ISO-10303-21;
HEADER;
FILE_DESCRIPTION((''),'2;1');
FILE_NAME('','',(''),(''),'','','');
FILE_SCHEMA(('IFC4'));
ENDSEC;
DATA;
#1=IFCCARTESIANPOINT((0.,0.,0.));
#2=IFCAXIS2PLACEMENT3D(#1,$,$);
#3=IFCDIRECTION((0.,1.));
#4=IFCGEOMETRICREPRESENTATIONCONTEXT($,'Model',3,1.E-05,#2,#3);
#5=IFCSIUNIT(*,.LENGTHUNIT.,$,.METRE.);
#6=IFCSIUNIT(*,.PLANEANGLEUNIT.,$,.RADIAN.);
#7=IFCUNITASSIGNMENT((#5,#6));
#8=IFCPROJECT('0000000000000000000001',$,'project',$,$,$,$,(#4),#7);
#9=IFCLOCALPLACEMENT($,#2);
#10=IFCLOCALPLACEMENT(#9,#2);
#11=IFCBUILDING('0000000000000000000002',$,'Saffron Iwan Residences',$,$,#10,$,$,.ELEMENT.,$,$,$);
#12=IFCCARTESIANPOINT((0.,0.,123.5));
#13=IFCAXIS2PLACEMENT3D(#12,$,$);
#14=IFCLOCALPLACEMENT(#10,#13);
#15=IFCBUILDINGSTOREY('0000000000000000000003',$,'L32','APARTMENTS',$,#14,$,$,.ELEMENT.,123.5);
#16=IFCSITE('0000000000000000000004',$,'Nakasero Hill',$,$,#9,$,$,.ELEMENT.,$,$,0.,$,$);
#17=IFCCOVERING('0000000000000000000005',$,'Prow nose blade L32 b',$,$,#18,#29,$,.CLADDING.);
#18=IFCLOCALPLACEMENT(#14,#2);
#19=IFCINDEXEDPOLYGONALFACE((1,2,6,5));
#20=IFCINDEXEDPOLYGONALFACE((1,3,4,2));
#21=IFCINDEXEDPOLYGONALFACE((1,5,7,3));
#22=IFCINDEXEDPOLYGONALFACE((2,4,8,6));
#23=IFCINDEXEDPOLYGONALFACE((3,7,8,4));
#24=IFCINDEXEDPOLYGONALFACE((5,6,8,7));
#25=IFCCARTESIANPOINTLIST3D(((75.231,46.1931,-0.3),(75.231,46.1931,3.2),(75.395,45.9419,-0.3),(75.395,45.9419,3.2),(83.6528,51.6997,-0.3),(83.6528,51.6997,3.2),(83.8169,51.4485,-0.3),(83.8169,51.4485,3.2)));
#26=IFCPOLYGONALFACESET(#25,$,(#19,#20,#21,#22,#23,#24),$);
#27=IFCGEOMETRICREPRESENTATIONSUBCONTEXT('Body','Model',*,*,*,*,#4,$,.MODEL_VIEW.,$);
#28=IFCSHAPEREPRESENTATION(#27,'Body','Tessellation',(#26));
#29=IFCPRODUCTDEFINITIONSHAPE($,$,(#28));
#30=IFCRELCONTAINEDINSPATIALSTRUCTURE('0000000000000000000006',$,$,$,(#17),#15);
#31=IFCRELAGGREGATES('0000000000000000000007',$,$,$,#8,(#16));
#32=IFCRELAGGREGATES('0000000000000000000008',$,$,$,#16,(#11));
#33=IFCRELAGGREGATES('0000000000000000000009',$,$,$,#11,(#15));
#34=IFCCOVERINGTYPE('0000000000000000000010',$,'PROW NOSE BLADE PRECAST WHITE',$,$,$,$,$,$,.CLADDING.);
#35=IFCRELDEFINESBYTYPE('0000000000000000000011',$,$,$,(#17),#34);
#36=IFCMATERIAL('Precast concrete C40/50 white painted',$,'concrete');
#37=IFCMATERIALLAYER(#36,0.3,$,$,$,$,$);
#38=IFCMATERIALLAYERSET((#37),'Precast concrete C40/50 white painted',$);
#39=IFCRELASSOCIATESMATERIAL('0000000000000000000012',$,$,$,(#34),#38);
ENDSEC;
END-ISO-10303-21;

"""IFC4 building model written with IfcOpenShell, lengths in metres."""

from ifc_helpers import new_model, si_unit, direction, frame, origin, place, context, subcontext, project, spatial, polyline, outline, extrude, material, layer, layer_set, type_object, element, save


model = new_model("IFC4")

# Units and contexts
model_context = context("Model", 3, precision=1e-05, world=origin(), true_north=direction((0.0, 1.0)))
body_context = subcontext(model_context, "Body", "Model", "MODEL_VIEW")
ifc_project = project(units=[si_unit("LENGTHUNIT", "METRE"), si_unit("PLANEANGLEUNIT", "RADIAN")], contexts=[model_context])

# Site, building, storey
site_placement = place(None, origin())
site = spatial("IfcSite", under=ifc_project, at=site_placement, Name="Nakasero Hill", CompositionType="ELEMENT", RefElevation=0.0)
building_placement = place(site_placement, origin())
building = spatial("IfcBuilding", under=site, at=building_placement, Name="Saffron Iwan Residences", CompositionType="ELEMENT")
storey_placement = place(building_placement, frame((0.0, 0.0, 123.5)))
storey = spatial("IfcBuildingStorey", under=building, at=storey_placement, Name="L32", Description="APARTMENTS", CompositionType="ELEMENT", Elevation=123.5)

# Covering
ifc_material_1 = material(Name="Precast concrete C40/50 white painted", Category="concrete")
ifc_layer_1 = layer(ifc_material_1, 0.3)
ifc_layer_set_1 = layer_set([ifc_layer_1], Name="Precast concrete C40/50 white painted")
covering_type_1 = type_object("IfcCoveringType", Name="PROW NOSE BLADE PRECAST WHITE", PredefinedType="CLADDING", material=ifc_layer_set_1)
covering_1_placement = place(storey_placement, frame((0.0, 0.0, -0.3)))
element("IfcCovering", 1, at=covering_1_placement, inside=storey, type_object=covering_type_1, Name="Prow nose blade L32 b", PredefinedType="CLADDING", context=body_context, shape_type="SweptSolid", body=[
    extrude(outline(polyline([(75.395, 45.9419), (83.8169, 51.4485), (83.6528, 51.6997), (75.231, 46.1931), (75.395, 45.9419)])), origin(), (0.0, 0.0, 1.0), 3.5),
])

save(model, "model.ifc")
